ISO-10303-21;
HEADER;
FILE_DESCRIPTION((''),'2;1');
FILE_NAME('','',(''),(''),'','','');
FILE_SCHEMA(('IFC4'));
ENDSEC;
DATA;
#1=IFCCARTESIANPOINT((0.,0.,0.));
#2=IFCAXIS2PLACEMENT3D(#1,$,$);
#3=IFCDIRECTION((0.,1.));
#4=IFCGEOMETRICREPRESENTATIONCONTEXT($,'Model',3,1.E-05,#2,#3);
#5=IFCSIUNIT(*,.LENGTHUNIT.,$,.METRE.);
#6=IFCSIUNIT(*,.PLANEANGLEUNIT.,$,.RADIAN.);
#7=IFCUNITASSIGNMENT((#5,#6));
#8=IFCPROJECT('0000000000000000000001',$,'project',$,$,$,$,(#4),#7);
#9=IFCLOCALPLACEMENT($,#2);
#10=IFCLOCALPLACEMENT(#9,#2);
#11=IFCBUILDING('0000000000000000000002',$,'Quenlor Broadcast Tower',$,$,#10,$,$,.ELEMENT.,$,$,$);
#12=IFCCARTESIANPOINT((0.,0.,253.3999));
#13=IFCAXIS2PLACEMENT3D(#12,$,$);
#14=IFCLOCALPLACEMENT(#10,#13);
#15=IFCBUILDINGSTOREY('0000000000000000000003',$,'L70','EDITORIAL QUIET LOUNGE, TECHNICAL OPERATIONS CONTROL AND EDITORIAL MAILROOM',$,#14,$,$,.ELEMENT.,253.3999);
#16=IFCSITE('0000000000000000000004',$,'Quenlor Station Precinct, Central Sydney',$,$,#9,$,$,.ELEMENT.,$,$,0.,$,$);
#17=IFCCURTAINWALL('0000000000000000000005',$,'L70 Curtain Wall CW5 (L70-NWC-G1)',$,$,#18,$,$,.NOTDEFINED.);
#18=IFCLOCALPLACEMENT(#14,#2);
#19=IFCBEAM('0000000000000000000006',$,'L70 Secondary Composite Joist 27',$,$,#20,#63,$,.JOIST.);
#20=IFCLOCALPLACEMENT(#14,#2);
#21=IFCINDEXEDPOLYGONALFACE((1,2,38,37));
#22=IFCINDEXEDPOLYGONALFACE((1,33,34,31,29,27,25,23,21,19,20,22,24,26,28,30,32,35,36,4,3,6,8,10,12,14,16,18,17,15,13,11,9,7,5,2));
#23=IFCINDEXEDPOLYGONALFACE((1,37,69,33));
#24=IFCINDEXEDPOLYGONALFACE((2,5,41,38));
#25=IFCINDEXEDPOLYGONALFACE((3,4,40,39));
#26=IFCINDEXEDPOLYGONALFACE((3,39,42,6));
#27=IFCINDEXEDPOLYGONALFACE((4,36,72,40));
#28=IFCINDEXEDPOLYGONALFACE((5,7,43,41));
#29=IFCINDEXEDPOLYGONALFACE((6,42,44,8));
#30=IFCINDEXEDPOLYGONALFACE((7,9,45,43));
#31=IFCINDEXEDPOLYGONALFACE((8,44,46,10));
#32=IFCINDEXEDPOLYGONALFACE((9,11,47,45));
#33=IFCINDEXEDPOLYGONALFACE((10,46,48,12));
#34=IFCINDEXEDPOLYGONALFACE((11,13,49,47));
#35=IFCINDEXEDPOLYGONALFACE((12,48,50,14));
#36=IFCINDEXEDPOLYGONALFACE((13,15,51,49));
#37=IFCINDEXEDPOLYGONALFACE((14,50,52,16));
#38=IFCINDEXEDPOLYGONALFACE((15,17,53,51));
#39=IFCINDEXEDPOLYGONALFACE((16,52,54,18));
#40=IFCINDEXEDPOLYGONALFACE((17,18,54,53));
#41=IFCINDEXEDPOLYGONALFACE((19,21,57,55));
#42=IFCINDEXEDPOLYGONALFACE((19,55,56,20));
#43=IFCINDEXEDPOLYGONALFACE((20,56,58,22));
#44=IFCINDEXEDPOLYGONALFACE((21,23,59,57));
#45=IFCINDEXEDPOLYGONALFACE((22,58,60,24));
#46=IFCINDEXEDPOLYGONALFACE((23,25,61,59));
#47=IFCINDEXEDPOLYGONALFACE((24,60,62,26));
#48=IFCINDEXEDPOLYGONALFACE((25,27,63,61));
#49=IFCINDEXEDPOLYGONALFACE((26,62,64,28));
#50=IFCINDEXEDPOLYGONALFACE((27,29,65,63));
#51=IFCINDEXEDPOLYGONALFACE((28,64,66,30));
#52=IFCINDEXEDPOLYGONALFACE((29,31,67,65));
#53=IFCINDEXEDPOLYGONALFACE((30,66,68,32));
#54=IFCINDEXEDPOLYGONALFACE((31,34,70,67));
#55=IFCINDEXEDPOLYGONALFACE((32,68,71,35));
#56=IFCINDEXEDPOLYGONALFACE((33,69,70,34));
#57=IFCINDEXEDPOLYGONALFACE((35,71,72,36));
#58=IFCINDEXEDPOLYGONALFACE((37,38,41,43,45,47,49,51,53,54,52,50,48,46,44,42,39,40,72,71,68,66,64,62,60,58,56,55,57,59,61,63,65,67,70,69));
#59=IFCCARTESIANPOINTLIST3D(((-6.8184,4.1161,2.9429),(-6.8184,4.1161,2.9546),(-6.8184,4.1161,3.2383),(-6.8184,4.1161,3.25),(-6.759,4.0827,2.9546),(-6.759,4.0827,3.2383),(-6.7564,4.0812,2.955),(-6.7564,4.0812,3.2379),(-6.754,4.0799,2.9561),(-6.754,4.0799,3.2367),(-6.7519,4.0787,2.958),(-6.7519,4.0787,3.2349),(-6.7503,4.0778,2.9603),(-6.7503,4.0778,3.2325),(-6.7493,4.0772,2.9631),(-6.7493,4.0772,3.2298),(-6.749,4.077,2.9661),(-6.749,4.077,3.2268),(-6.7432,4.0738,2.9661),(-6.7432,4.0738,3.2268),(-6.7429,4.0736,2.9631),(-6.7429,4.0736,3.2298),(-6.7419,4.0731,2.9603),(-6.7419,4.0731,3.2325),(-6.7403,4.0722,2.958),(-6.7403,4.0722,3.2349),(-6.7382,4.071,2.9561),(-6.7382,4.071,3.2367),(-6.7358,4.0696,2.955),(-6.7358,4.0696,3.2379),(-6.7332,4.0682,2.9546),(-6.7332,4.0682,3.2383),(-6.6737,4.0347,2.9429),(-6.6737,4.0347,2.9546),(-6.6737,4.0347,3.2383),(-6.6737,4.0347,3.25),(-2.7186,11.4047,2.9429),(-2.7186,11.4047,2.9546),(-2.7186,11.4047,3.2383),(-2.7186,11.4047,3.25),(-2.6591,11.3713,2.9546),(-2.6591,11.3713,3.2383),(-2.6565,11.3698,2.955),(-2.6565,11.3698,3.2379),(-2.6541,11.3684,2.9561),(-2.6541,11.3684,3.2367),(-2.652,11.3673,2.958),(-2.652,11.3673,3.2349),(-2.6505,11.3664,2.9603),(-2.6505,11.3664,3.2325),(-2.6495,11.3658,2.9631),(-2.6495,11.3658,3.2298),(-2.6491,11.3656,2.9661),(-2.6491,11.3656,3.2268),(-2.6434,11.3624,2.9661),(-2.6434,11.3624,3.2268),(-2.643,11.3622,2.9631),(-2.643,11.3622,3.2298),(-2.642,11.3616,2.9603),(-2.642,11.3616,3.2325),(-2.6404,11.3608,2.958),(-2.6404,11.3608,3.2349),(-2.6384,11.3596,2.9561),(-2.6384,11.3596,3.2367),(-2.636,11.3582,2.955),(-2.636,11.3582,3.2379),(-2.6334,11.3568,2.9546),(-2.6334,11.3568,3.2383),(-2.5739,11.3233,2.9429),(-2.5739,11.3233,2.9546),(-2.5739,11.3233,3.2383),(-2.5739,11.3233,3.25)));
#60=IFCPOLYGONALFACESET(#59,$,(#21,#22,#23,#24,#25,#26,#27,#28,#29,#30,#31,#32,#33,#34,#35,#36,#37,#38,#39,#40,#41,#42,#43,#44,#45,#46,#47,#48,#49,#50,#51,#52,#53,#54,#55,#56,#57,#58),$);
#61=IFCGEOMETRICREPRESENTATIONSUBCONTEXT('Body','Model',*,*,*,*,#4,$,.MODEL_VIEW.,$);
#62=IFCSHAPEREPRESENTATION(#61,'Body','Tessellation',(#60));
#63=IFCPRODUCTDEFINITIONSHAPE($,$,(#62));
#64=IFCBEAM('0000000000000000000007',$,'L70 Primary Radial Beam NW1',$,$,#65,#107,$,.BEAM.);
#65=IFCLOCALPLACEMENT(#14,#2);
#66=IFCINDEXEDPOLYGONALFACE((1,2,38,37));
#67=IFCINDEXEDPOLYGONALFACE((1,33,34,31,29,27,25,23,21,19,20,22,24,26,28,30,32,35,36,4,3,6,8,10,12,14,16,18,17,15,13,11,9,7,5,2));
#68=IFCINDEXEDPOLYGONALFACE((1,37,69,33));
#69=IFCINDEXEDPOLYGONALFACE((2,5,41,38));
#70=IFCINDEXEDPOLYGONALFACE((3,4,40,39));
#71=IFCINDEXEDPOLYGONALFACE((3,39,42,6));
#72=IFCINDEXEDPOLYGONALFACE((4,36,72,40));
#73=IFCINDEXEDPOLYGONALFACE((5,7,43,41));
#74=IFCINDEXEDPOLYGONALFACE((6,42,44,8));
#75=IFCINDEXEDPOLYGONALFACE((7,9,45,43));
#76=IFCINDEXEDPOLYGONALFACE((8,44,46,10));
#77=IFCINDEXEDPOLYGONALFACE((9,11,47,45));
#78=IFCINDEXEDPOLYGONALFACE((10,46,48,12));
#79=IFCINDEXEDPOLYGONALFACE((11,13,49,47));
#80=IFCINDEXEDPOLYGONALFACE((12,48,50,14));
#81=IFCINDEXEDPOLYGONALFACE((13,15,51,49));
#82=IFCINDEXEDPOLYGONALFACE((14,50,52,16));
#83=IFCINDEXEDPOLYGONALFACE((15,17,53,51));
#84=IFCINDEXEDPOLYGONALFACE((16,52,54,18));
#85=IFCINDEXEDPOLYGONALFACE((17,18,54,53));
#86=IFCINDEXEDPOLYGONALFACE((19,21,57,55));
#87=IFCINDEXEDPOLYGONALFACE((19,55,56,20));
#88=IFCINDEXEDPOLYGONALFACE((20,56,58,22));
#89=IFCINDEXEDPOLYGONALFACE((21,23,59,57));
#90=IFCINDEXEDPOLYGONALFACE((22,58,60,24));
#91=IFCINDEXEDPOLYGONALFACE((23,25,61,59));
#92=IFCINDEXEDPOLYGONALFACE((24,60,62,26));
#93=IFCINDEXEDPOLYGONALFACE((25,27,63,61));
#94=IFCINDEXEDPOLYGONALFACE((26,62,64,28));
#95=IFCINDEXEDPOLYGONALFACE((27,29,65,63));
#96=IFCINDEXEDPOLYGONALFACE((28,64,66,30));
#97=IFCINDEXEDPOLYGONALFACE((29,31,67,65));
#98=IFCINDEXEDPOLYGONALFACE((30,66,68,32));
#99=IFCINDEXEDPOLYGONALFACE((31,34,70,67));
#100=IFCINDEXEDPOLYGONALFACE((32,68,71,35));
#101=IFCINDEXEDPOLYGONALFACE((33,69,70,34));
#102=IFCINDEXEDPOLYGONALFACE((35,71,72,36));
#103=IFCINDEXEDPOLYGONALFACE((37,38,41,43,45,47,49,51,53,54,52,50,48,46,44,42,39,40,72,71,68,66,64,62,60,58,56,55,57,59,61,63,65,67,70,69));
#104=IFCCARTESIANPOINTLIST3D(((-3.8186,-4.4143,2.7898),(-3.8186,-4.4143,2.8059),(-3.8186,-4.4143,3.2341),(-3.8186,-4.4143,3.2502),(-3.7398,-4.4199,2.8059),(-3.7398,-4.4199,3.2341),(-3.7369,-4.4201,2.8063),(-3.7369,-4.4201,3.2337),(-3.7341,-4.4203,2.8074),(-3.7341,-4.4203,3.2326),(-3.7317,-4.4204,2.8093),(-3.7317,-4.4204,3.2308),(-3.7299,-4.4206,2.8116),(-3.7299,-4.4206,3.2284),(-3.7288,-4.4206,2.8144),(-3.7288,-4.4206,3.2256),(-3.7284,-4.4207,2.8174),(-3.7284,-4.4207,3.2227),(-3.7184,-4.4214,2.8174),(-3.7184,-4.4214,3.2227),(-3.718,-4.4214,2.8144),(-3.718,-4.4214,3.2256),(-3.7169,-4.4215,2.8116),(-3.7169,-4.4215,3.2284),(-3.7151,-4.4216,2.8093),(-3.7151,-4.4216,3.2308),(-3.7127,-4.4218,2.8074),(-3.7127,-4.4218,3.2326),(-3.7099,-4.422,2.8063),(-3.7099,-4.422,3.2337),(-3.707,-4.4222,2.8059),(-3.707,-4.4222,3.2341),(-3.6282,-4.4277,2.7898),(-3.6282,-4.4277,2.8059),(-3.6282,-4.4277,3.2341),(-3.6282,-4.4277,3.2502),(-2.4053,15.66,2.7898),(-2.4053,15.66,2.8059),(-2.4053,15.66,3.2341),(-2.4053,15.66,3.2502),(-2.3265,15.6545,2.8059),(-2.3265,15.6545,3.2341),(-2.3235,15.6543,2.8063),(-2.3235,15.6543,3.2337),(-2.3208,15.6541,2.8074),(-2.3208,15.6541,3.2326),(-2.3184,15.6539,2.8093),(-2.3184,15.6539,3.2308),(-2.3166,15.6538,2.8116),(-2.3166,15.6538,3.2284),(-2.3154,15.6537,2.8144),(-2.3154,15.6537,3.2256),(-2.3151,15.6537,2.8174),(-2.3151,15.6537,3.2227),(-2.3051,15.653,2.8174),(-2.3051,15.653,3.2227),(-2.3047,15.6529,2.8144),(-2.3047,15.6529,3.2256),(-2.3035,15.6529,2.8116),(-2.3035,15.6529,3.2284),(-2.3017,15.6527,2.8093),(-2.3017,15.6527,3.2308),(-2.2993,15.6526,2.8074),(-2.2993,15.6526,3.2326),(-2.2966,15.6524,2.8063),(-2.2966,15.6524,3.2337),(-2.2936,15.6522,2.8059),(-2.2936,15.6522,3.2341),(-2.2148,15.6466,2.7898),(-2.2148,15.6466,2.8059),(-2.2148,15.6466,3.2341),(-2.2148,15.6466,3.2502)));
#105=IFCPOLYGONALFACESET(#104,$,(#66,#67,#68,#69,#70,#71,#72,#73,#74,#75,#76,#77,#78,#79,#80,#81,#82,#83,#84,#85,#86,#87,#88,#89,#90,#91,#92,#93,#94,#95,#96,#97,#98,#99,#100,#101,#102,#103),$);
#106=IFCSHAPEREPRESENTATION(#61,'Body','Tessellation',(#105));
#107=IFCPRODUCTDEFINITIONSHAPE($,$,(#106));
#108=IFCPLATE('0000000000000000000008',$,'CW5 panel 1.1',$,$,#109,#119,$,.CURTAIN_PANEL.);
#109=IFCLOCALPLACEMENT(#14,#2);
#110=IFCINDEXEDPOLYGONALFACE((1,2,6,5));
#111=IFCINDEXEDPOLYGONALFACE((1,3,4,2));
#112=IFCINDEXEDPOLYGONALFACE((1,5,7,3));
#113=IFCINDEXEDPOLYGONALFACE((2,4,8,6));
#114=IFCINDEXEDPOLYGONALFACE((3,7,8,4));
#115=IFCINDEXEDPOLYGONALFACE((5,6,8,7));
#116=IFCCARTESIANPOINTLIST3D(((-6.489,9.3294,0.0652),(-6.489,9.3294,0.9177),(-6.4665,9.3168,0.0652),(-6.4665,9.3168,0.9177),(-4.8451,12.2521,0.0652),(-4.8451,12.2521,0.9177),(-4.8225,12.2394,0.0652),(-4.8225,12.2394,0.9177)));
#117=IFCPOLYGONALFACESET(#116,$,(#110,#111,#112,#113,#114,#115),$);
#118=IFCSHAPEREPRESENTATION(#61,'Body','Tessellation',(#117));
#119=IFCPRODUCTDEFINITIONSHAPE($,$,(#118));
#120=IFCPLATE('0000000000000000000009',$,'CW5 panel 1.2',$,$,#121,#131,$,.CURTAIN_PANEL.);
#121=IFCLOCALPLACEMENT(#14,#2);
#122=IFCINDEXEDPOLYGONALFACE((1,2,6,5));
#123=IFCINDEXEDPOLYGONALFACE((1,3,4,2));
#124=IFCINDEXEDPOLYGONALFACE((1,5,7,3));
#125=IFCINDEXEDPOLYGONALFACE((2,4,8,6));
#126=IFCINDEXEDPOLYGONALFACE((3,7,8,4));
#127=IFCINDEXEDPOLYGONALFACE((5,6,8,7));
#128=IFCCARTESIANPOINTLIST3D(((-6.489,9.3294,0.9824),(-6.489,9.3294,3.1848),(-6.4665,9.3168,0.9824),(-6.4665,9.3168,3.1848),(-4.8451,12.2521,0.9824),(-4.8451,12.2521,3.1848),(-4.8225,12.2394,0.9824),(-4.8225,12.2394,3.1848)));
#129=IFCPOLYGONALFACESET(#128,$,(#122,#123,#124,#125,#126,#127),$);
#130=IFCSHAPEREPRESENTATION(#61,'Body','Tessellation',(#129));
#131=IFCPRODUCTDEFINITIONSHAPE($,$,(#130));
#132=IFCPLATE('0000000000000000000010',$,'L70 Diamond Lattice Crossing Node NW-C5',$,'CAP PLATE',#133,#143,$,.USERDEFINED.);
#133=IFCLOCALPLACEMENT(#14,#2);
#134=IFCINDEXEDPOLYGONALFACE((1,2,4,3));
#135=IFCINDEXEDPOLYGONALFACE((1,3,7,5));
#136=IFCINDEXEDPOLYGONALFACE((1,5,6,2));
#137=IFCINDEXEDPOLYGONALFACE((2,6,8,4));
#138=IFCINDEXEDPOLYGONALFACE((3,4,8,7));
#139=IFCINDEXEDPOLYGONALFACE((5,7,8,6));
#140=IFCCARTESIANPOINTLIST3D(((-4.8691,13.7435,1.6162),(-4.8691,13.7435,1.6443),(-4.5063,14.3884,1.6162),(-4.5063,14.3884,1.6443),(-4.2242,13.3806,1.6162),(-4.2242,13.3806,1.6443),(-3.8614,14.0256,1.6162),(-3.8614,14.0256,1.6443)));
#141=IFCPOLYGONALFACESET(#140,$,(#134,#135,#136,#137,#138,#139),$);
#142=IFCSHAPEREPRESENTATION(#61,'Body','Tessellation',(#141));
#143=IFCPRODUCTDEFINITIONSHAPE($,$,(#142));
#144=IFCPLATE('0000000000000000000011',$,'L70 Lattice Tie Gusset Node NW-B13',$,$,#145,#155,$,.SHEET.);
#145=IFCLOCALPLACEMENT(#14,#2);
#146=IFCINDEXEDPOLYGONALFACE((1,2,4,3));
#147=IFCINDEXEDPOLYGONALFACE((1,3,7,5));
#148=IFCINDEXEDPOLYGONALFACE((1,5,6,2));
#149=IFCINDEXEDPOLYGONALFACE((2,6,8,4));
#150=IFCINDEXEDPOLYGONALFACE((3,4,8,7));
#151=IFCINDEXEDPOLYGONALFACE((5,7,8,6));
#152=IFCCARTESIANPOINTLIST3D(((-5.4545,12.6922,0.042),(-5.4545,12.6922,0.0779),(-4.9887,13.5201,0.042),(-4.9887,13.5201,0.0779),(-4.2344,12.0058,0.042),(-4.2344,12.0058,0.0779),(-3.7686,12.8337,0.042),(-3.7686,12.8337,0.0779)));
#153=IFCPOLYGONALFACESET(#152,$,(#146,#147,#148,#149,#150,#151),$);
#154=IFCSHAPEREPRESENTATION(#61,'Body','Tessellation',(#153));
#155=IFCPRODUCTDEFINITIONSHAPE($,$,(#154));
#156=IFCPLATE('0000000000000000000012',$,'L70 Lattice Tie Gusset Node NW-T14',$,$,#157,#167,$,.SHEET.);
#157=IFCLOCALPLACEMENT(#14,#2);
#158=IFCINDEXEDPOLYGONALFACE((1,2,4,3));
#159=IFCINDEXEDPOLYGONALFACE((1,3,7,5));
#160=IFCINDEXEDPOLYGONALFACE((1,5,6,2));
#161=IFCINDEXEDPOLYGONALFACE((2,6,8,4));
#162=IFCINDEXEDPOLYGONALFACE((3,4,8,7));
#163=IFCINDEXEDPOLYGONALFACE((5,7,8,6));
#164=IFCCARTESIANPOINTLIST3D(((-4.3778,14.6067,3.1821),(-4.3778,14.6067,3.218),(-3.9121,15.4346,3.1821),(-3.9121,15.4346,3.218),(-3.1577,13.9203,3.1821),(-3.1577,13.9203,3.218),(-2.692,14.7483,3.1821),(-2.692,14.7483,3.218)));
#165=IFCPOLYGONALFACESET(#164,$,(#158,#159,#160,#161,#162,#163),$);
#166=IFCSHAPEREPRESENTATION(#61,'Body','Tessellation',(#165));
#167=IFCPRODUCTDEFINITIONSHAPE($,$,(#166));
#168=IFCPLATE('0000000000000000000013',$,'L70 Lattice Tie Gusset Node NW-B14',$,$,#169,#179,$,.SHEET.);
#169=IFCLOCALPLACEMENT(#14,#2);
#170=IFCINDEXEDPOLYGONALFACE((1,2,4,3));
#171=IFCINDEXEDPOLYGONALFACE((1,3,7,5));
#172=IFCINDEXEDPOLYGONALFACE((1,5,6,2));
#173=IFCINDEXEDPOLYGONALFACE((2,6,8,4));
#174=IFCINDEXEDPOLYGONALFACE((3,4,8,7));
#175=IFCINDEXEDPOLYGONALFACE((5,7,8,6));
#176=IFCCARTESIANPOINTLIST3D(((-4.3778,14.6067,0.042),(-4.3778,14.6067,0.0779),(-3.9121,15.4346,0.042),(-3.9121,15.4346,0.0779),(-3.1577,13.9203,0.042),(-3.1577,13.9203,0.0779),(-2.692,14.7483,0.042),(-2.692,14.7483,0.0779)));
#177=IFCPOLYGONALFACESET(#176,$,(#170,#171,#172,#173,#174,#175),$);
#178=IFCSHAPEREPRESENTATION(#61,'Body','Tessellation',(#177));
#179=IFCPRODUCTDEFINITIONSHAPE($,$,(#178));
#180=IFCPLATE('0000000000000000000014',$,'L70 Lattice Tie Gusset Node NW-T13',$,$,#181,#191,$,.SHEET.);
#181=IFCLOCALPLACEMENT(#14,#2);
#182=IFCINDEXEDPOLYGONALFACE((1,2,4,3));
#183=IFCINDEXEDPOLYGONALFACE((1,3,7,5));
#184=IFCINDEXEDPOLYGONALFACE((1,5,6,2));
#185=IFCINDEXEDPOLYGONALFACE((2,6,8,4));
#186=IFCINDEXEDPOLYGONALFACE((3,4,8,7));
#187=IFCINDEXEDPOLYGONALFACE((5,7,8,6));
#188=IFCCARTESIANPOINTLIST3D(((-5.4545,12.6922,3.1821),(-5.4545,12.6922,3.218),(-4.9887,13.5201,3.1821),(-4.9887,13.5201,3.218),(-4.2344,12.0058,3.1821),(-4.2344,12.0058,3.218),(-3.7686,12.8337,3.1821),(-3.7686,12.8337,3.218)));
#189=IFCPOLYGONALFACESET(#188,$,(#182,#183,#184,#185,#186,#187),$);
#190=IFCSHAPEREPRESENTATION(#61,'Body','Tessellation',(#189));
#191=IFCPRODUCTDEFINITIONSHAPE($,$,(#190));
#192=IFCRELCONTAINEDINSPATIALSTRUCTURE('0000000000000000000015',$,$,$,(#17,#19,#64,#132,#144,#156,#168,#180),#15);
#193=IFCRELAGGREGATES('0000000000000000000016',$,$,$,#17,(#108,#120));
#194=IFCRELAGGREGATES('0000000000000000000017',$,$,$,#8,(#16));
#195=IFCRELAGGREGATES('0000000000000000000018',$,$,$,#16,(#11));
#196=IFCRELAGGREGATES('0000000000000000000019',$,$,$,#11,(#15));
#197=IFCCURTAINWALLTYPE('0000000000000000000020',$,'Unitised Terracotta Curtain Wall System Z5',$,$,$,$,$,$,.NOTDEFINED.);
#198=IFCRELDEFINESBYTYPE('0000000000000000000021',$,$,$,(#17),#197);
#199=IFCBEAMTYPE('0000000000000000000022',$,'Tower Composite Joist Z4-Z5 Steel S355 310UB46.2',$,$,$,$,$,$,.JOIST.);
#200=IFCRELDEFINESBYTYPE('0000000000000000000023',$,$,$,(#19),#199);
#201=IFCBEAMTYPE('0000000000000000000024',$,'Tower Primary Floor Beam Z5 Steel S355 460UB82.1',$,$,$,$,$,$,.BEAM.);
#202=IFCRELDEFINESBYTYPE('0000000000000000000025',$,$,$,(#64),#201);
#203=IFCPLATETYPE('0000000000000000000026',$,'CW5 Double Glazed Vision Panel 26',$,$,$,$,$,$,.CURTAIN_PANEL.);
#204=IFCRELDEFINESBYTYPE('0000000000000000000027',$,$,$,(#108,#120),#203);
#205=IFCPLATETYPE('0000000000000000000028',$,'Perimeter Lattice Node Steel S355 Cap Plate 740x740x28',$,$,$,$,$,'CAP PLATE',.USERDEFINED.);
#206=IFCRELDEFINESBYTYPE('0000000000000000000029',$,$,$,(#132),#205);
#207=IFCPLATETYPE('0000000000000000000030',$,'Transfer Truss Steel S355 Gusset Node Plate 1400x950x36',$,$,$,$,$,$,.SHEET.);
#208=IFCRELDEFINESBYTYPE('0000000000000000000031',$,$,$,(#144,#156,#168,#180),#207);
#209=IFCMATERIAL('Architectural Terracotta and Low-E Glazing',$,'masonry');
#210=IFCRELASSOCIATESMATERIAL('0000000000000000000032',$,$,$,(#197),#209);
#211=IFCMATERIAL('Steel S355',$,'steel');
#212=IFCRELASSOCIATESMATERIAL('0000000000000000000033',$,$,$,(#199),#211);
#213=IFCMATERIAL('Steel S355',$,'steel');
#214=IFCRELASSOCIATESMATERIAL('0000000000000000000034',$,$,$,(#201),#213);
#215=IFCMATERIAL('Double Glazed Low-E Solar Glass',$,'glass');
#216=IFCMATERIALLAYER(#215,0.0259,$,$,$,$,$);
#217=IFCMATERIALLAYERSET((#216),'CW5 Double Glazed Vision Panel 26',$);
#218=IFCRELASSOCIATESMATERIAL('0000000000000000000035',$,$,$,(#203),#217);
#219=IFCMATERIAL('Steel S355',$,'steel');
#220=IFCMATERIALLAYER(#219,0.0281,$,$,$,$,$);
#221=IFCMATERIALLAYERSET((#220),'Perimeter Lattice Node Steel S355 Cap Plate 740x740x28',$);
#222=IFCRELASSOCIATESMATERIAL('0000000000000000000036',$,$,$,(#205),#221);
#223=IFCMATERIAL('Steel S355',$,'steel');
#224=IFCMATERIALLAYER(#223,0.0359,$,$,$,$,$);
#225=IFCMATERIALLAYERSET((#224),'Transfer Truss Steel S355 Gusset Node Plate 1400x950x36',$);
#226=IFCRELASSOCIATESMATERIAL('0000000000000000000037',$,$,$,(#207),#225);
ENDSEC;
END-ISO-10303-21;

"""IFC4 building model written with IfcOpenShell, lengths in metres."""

from ifc_helpers import new_model, si_unit, direction, frame, origin, origin_2d, place, context, subcontext, project, spatial, rectangle, i_section, extrude, material, layer, layer_set, material_profile, profile_set, type_object, element, aggregate, save


model = new_model("IFC4")

# Units and contexts
model_context = context("Model", 3, precision=1e-05, world=origin(), true_north=direction((0.0, 1.0)))
body_context = subcontext(model_context, "Body", "Model", "MODEL_VIEW")
ifc_project = project(units=[si_unit("LENGTHUNIT", "METRE"), si_unit("PLANEANGLEUNIT", "RADIAN")], contexts=[model_context])

# Site, building, storey
site_placement = place(None, origin())
site = spatial("IfcSite", under=ifc_project, at=site_placement, Name="Quenlor Station Precinct, Central Sydney", CompositionType="ELEMENT", RefElevation=0.0)
building_placement = place(site_placement, origin())
building = spatial("IfcBuilding", under=site, at=building_placement, Name="Quenlor Broadcast Tower", CompositionType="ELEMENT")
storey_placement = place(building_placement, frame((0.0, 0.0, 253.3999)))
storey = spatial("IfcBuildingStorey", under=building, at=storey_placement, Name="L70", Description="EDITORIAL QUIET LOUNGE, TECHNICAL OPERATIONS CONTROL AND EDITORIAL MAILROOM", CompositionType="ELEMENT", Elevation=253.3999)

# Curtain wall
ifc_material_1 = material(Name="Architectural Terracotta and Low-E Glazing", Category="masonry")
curtain_wall_type = type_object("IfcCurtainWallType", Name="Unitised Terracotta Curtain Wall System Z5", PredefinedType="NOTDEFINED", material=ifc_material_1)
curtain_wall_placement = place(storey_placement, origin())
curtain_wall = element("IfcCurtainWall", 1, at=curtain_wall_placement, inside=storey, type_object=curtain_wall_type, Name="L70 Curtain Wall CW5 (L70-NWC-G1)", PredefinedType="NOTDEFINED")

# Beams
ifc_material_2 = material(Name="Steel S355", Category="steel")
ifc_material_profile_1 = material_profile(ifc_material_2, i_section(OverallWidth=0.166, OverallDepth=0.3071, WebThickness=0.0066, FlangeThickness=0.0117, FilletRadius=0.0115, at=origin_2d()))
ifc_profile_set_1 = profile_set([ifc_material_profile_1], Name="Steel S355 310UB46.2")
beam_type_1 = type_object("IfcBeamType", Name="Tower Composite Joist Z4-Z5 Steel S355 310UB46.2", PredefinedType="JOIST", material=ifc_profile_set_1)
beam_1_placement = place(storey_placement, frame((-2.6462, 11.364, 3.0964), z_axis=(-0.490264, -0.871574, 0.0), x_axis=(0.871574, -0.490264, 0.0)))
element("IfcBeam", 2, at=beam_1_placement, inside=storey, type_object=beam_type_1, Name="L70 Secondary Composite Joist 27", PredefinedType="JOIST", context=body_context, shape_type="SweptSolid", body=[
    extrude(i_section(OverallWidth=0.166, OverallDepth=0.3071, WebThickness=0.0066, FlangeThickness=0.0117, FilletRadius=0.0115, at=origin_2d()), origin(), (0.0, 0.0, 1.0), 8.3625),
])
ifc_material_3 = material(Name="Steel S355", Category="steel")
ifc_material_profile_2 = material_profile(ifc_material_3, i_section(OverallWidth=0.1909, OverallDepth=0.4604, WebThickness=0.01, FlangeThickness=0.0161, FilletRadius=0.0115, at=origin_2d()))
ifc_profile_set_2 = profile_set([ifc_material_profile_2], Name="Steel S355 460UB82.1")
beam_type_2 = type_object("IfcBeamType", Name="Tower Primary Floor Beam Z5 Steel S355 460UB82.1", PredefinedType="BEAM", material=ifc_profile_set_2)
beam_2_placement = place(storey_placement, frame((-2.3101, 15.6533, 3.02), z_axis=(-0.070231, -0.997531, 0.0), x_axis=(0.997531, -0.070231, 0.0)))
element("IfcBeam", 3, at=beam_2_placement, inside=storey, type_object=beam_type_2, Name="L70 Primary Radial Beam NW1", PredefinedType="BEAM", context=body_context, shape_type="SweptSolid", body=[
    extrude(i_section(OverallWidth=0.1909, OverallDepth=0.4604, WebThickness=0.01, FlangeThickness=0.0161, FilletRadius=0.0115, at=origin_2d()), origin(), (0.0, 0.0, 1.0), 20.124),
])

# Plates
ifc_material_4 = material(Name="Double Glazed Low-E Solar Glass", Category="glass")
ifc_layer_1 = layer(ifc_material_4, 0.0259)
ifc_layer_set_1 = layer_set([ifc_layer_1], Name="CW5 Double Glazed Vision Panel 26")
plate_type_1 = type_object("IfcPlateType", Name="CW5 Double Glazed Vision Panel 26", PredefinedType="CURTAIN_PANEL", material=ifc_layer_set_1)
plate_1_placement = place(storey_placement, frame((-5.6558, 10.7844, 0.0652), z_axis=(0.0, 0.0, 1.0), x_axis=(0.49025, 0.871582, 0.0)))
plate_1 = element("IfcPlate", 4, at=plate_1_placement, type_object=plate_type_1, Name="CW5 panel 1.1", PredefinedType="CURTAIN_PANEL", context=body_context, shape_type="SweptSolid", body=[
    extrude(rectangle(XDim=3.3533, YDim=0.0259, at=origin_2d()), origin(), (0.0, 0.0, 1.0), 0.8525),
])
plate_2_placement = place(storey_placement, frame((-5.6558, 10.7844, 0.9824), z_axis=(0.0, 0.0, 1.0), x_axis=(0.49025, 0.871582, 0.0)))
plate_2 = element("IfcPlate", 5, at=plate_2_placement, type_object=plate_type_1, Name="CW5 panel 1.2", PredefinedType="CURTAIN_PANEL", context=body_context, shape_type="SweptSolid", body=[
    extrude(rectangle(XDim=3.3533, YDim=0.0259, at=origin_2d()), origin(), (0.0, 0.0, 1.0), 2.2024),
])
aggregate(curtain_wall, [plate_1, plate_2])

# Plates
ifc_material_5 = material(Name="Steel S355", Category="steel")
ifc_layer_2 = layer(ifc_material_5, 0.0281)
ifc_layer_set_2 = layer_set([ifc_layer_2], Name="Perimeter Lattice Node Steel S355 Cap Plate 740x740x28")
plate_type_2 = type_object("IfcPlateType", Name="Perimeter Lattice Node Steel S355 Cap Plate 740x740x28", ElementType="CAP PLATE", PredefinedType="USERDEFINED", material=ifc_layer_set_2)
plate_3_placement = place(storey_placement, frame((-4.3652, 13.8845, 1.6162), z_axis=(0.0, 0.0, 1.0), x_axis=(0.490295, 0.871556, 0.0)))
element("IfcPlate", 6, at=plate_3_placement, inside=storey, type_object=plate_type_2, Name="L70 Diamond Lattice Crossing Node NW-C5", ObjectType="CAP PLATE", PredefinedType="USERDEFINED", context=body_context, shape_type="SweptSolid", body=[
    extrude(rectangle(XDim=0.74, YDim=0.74, at=origin_2d()), origin(), (0.0, 0.0, 1.0), 0.0281),
])
ifc_material_6 = material(Name="Steel S355", Category="steel")
ifc_layer_3 = layer(ifc_material_6, 0.0359)
ifc_layer_set_3 = layer_set([ifc_layer_3], Name="Transfer Truss Steel S355 Gusset Node Plate 1400x950x36")
plate_type_3 = type_object("IfcPlateType", Name="Transfer Truss Steel S355 Gusset Node Plate 1400x950x36", PredefinedType="SHEET", material=ifc_layer_set_3)
for number, where, z_axis, x_axis, name in (
    (7, (-4.6116, 12.7629, 0.042), (0.0, 0.0, 1.0), (-0.871556, 0.490295, 0.0), "L70 Lattice Tie Gusset Node NW-B13"),
    (8, (-3.5349, 14.6775, 3.1821), (0.0, 0.0, 1.0), (-0.871556, 0.490295, 0.0), "L70 Lattice Tie Gusset Node NW-T14"),
    (9, (-3.5349, 14.6775, 0.042), (0.0, 0.0, 1.0), (-0.871556, 0.490295, 0.0), "L70 Lattice Tie Gusset Node NW-B14"),
    (10, (-4.6116, 12.7629, 3.1821), (0.0, 0.0, 1.0), (-0.871556, 0.490295, 0.0), "L70 Lattice Tie Gusset Node NW-T13"),
):
    element("IfcPlate", number, at=place(storey_placement, frame(where, z_axis=z_axis, x_axis=x_axis)), inside=storey, type_object=plate_type_3, Name=name, PredefinedType="SHEET", context=body_context, shape_type="SweptSolid", body=[
        extrude(rectangle(XDim=1.3999, YDim=0.95, at=origin_2d()), origin(), (0.0, 0.0, 1.0), 0.0359),
    ])

save(model, "model.ifc")
